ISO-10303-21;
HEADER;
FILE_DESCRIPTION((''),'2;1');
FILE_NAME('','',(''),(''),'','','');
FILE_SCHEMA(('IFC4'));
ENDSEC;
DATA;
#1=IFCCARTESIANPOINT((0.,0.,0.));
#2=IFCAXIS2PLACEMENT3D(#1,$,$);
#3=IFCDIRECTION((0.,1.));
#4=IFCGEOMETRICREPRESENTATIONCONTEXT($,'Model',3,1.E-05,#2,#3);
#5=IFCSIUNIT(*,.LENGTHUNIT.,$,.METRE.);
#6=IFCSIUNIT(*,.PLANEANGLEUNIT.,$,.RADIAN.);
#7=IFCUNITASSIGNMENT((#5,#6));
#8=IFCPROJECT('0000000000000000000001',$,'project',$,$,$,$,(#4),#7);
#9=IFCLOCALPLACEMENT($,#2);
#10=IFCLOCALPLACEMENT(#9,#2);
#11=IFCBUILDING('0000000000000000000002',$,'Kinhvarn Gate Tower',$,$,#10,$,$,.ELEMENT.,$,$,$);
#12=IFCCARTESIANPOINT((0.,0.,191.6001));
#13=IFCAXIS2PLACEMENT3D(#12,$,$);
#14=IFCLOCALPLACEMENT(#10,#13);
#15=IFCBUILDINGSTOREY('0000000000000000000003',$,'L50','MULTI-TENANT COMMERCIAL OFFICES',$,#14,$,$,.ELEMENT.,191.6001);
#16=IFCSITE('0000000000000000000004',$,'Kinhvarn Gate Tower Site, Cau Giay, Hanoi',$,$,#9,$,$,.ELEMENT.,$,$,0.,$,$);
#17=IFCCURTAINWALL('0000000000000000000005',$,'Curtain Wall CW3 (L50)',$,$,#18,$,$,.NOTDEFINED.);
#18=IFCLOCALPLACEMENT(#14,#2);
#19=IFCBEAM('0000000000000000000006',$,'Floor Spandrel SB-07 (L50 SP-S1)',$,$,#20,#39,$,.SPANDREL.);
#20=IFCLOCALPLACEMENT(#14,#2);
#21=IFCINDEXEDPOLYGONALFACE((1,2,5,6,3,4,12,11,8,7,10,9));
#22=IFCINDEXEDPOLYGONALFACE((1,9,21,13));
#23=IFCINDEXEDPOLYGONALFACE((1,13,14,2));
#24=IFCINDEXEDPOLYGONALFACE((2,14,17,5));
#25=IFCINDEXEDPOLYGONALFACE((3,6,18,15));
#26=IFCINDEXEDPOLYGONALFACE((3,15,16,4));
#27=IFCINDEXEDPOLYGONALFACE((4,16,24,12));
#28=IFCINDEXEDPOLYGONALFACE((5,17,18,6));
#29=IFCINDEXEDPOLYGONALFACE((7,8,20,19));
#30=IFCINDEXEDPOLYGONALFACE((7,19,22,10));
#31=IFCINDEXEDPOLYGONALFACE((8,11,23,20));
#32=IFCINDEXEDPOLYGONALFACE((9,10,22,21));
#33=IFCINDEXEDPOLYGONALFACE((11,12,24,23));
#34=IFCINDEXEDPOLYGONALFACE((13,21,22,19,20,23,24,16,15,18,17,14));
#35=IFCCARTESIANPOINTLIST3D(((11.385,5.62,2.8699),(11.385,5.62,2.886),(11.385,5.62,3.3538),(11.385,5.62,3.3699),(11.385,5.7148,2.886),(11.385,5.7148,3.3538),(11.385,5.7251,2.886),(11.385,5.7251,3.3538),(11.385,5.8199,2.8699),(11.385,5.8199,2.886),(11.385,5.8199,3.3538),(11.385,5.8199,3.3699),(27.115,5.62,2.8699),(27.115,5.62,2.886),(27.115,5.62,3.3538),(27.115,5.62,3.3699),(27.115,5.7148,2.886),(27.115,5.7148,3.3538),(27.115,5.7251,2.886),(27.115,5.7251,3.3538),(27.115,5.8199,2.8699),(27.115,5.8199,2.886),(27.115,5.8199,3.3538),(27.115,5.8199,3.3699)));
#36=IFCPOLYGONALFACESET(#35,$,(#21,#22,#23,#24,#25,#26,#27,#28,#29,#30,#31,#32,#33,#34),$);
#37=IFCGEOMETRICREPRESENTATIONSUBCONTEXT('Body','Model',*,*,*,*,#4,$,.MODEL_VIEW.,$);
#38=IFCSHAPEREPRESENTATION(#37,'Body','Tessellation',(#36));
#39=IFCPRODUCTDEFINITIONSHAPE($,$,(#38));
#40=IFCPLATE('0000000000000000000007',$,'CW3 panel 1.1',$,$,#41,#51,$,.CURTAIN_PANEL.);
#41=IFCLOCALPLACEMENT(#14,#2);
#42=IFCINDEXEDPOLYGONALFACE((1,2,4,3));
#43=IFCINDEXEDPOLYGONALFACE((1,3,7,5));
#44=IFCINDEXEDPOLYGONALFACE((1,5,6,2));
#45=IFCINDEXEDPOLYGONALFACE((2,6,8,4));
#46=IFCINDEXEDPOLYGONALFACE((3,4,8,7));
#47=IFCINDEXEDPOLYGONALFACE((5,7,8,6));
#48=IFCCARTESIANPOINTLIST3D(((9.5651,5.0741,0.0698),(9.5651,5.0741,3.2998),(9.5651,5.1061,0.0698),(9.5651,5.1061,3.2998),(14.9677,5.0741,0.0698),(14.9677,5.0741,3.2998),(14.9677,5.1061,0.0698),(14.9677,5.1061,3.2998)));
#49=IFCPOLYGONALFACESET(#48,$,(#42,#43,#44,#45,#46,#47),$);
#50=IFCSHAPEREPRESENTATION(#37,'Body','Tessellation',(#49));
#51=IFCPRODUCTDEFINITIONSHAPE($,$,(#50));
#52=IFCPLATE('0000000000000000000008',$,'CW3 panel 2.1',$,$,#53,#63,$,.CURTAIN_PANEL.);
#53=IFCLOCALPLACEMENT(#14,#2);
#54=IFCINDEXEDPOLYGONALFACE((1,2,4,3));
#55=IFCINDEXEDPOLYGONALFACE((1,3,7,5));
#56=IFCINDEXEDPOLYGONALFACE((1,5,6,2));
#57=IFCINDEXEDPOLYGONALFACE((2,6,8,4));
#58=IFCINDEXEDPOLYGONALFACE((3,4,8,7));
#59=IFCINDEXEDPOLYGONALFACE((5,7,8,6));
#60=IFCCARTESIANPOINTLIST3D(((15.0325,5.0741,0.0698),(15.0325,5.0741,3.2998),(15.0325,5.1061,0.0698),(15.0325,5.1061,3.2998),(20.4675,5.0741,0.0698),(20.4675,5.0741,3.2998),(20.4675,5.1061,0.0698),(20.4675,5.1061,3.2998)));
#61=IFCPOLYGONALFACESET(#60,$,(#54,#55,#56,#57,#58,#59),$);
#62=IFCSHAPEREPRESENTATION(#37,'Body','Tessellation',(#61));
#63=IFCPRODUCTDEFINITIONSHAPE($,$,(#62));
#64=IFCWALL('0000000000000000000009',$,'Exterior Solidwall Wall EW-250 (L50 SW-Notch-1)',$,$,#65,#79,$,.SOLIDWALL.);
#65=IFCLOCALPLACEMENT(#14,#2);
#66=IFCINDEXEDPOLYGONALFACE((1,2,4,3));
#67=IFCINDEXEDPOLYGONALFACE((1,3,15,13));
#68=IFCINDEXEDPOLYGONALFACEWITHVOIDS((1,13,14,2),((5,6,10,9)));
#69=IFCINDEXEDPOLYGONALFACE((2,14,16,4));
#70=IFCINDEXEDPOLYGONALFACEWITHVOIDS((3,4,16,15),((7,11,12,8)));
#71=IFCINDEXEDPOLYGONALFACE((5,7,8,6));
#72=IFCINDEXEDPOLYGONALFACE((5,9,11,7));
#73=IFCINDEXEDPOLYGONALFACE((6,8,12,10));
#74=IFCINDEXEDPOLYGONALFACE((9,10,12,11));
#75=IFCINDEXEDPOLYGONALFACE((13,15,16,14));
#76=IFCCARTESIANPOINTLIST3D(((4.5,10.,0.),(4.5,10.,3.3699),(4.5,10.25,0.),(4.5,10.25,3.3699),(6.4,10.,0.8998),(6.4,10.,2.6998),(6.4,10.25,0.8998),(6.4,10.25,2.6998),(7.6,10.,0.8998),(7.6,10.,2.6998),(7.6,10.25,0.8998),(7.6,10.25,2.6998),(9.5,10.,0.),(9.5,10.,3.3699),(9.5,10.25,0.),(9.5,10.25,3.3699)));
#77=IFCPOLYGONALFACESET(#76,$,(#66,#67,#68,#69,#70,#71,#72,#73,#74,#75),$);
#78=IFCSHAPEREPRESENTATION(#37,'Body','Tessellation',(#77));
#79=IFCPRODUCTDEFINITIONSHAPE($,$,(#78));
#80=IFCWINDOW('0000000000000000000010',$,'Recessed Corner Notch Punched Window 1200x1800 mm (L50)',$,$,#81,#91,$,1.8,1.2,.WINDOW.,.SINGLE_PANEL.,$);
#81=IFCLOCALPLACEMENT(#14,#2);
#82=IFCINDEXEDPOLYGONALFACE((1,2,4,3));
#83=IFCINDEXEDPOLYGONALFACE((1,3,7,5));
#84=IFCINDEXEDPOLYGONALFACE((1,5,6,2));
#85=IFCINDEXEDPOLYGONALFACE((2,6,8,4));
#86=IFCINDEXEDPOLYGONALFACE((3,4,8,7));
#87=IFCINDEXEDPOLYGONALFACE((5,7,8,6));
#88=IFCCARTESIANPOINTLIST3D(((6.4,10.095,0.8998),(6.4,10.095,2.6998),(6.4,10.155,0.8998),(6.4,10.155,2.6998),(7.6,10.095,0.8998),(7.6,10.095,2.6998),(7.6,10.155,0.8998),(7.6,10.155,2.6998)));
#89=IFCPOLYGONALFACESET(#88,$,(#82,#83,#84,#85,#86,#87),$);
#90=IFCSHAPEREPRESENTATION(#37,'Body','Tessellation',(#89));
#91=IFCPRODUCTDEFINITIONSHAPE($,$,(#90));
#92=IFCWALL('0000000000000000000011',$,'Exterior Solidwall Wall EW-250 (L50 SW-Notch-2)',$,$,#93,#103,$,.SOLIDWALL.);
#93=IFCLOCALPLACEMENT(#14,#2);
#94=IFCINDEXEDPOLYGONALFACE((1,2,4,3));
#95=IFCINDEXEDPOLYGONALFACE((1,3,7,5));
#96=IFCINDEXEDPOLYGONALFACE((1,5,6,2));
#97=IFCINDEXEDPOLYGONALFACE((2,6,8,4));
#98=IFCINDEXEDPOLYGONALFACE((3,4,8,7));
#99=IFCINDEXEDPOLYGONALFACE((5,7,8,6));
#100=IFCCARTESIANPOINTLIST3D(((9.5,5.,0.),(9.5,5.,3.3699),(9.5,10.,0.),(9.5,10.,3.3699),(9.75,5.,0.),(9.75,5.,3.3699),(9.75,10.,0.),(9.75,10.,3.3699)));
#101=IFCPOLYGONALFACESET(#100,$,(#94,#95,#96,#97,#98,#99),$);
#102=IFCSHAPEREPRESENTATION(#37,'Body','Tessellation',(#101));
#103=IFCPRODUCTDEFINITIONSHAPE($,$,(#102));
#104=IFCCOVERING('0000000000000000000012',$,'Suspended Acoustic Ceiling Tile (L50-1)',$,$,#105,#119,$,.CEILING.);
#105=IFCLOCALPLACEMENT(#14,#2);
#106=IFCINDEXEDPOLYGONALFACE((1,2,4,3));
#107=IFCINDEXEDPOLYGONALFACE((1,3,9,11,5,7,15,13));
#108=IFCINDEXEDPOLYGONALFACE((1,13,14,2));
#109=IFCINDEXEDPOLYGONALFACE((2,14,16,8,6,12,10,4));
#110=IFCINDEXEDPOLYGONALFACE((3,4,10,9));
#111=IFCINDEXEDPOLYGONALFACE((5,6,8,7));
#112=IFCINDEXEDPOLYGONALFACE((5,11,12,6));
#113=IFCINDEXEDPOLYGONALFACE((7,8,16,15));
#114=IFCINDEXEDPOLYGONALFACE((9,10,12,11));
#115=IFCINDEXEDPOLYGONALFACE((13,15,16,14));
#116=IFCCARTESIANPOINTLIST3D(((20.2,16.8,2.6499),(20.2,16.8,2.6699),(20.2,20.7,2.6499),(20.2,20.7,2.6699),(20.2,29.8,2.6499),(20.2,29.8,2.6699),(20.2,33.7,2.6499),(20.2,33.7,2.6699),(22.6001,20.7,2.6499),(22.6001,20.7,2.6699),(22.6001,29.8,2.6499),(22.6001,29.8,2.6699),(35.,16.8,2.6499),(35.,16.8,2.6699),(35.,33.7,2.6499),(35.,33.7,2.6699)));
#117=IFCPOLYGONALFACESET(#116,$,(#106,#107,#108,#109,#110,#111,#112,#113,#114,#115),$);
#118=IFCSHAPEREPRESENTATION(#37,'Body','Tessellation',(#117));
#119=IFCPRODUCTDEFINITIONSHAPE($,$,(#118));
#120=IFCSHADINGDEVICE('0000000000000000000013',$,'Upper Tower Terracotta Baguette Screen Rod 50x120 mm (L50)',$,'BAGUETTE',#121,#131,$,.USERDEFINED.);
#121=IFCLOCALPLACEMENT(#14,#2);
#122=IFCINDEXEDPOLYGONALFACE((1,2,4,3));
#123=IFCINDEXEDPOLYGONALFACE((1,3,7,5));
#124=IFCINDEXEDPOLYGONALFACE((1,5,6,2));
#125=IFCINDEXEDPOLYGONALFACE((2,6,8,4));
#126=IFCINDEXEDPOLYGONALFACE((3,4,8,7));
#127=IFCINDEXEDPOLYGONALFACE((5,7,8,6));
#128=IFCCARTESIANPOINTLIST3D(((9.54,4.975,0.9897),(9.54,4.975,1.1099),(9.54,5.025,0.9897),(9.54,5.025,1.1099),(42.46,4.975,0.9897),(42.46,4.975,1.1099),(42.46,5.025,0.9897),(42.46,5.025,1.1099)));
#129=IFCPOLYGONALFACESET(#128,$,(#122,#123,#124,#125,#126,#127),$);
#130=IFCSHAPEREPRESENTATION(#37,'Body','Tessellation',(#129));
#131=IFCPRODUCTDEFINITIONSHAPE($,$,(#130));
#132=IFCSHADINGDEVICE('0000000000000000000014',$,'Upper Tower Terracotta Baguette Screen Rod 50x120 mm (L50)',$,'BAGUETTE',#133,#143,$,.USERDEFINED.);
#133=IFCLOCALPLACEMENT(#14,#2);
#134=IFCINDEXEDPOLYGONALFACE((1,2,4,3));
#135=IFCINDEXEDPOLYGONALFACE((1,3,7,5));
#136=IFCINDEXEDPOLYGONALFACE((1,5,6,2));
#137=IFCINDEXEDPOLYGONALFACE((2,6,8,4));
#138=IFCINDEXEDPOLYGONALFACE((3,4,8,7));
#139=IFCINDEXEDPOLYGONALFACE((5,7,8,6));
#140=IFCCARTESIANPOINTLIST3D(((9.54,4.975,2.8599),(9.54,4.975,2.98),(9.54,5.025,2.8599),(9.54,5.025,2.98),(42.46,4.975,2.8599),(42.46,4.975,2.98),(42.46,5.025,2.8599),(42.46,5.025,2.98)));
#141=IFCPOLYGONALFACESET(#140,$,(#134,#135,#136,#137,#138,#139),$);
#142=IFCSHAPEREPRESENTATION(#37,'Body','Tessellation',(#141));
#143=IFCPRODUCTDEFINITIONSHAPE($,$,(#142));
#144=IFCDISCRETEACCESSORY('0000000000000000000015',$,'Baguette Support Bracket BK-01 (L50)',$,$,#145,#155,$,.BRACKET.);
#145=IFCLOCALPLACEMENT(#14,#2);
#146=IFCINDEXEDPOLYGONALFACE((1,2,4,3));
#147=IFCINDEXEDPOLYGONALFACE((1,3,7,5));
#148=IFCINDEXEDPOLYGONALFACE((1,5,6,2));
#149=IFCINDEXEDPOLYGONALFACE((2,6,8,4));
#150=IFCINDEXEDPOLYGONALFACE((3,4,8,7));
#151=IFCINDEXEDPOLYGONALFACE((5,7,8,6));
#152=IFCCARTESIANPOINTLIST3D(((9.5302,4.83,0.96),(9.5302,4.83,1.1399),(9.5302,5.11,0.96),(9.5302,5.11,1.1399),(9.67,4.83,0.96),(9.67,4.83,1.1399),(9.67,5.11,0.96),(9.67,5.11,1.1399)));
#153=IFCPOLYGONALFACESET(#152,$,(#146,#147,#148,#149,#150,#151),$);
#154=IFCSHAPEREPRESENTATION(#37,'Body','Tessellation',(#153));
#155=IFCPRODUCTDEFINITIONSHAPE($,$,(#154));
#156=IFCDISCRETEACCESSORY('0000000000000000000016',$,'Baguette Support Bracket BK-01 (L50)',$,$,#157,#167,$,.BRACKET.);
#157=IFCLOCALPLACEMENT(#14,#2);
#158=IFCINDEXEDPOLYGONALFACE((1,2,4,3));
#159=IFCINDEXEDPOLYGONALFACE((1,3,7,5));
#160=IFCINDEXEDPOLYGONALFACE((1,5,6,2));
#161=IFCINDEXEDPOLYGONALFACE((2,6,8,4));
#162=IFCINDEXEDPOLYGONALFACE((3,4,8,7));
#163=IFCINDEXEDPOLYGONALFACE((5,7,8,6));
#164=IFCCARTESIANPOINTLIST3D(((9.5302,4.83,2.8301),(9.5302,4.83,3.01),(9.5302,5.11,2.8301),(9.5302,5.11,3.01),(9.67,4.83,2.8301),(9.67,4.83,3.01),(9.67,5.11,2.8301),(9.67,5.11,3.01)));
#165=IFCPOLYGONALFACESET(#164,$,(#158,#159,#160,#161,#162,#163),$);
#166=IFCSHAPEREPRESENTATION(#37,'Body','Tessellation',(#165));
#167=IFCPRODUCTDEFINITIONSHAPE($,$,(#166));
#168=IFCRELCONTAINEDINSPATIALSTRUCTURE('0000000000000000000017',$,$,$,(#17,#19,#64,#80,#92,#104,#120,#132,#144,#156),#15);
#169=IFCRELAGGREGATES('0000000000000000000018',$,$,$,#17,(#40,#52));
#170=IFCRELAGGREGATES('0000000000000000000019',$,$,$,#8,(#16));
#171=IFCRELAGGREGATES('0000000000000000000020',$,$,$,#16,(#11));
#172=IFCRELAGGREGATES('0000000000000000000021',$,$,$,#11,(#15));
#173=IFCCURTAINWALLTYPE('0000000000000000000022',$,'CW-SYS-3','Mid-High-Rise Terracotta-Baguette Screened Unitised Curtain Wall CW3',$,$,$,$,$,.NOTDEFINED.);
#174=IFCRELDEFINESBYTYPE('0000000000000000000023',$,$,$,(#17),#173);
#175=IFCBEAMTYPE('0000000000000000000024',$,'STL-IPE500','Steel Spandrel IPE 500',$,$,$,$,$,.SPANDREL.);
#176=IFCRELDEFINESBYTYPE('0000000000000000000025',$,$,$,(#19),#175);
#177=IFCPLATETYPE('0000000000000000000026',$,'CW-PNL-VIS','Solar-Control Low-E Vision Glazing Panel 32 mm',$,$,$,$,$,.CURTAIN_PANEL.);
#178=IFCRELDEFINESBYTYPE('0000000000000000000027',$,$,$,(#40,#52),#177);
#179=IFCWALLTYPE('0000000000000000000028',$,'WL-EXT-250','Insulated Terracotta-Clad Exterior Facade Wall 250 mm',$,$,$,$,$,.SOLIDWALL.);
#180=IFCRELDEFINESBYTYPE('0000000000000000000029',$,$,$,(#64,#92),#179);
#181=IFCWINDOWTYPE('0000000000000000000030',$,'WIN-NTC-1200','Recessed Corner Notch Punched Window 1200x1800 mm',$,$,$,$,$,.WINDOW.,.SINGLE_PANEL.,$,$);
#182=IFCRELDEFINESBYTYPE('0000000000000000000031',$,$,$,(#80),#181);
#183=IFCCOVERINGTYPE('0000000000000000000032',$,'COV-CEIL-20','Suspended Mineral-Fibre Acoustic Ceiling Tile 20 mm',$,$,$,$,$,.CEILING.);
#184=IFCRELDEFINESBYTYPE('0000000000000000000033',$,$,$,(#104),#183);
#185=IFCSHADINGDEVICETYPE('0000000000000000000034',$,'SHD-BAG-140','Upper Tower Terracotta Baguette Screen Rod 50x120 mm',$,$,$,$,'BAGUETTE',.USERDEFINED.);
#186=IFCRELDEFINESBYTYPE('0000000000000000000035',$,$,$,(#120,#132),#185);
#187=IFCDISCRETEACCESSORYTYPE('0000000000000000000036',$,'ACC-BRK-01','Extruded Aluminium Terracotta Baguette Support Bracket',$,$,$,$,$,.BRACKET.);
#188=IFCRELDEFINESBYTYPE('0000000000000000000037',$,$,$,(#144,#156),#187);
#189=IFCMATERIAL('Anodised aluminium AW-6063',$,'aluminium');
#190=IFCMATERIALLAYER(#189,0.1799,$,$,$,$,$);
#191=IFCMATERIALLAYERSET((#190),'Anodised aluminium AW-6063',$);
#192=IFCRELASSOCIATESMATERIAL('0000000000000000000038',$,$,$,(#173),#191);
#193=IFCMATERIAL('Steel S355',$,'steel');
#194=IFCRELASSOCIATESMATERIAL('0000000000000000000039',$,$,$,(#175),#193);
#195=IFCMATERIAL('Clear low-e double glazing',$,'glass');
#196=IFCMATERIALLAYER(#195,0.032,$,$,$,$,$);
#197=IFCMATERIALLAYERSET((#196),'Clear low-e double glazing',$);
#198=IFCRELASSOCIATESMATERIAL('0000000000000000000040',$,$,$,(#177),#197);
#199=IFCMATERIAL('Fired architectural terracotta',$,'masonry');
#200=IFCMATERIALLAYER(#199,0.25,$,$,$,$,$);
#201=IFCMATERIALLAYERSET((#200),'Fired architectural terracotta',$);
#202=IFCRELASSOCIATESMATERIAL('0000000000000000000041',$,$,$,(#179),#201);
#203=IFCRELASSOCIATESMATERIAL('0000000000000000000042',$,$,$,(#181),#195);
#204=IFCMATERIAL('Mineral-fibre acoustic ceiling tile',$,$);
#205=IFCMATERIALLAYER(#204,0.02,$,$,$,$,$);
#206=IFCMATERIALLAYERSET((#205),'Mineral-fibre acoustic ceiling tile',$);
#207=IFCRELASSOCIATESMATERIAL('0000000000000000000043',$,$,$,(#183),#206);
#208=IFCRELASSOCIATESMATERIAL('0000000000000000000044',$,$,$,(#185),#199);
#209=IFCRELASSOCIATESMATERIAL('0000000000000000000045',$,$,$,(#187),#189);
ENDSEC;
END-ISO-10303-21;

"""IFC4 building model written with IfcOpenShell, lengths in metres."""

from ifc_helpers import new_model, si_unit, direction, frame, frame_2d, origin, origin_2d, place, context, subcontext, project, spatial, polyline, rectangle, i_section, outline, extrude, material, layer, layer_set, material_profile, profile_set, type_object, element, fill, aggregate, save


model = new_model("IFC4")

# Units and contexts
model_context = context("Model", 3, precision=1e-05, world=origin(), true_north=direction((0.0, 1.0)))
body_context = subcontext(model_context, "Body", "Model", "MODEL_VIEW")
ifc_project = project(units=[si_unit("LENGTHUNIT", "METRE"), si_unit("PLANEANGLEUNIT", "RADIAN")], contexts=[model_context])

# Site, building, storey
site_placement = place(None, origin())
site = spatial("IfcSite", under=ifc_project, at=site_placement, Name="Kinhvarn Gate Tower Site, Cau Giay, Hanoi", CompositionType="ELEMENT", RefElevation=0.0)
building_placement = place(site_placement, origin())
building = spatial("IfcBuilding", under=site, at=building_placement, Name="Kinhvarn Gate Tower", CompositionType="ELEMENT")
storey_placement = place(building_placement, frame((0.0, 0.0, 191.6001)))
storey = spatial("IfcBuildingStorey", under=building, at=storey_placement, Name="L50", Description="MULTI-TENANT COMMERCIAL OFFICES", CompositionType="ELEMENT", Elevation=191.6001)

# Curtain wall
ifc_material_1 = material(Name="Anodised aluminium AW-6063", Category="aluminium")
ifc_layer_1 = layer(ifc_material_1, 0.1799)
ifc_layer_set_1 = layer_set([ifc_layer_1], Name="Anodised aluminium AW-6063")
curtain_wall_type = type_object("IfcCurtainWallType", Name="CW-SYS-3", Description="Mid-High-Rise Terracotta-Baguette Screened Unitised Curtain Wall CW3", PredefinedType="NOTDEFINED", material=ifc_layer_set_1)
curtain_wall_placement = place(storey_placement, origin())
curtain_wall = element("IfcCurtainWall", 1, at=curtain_wall_placement, inside=storey, type_object=curtain_wall_type, Name="Curtain Wall CW3 (L50)", PredefinedType="NOTDEFINED")

# Beam
ifc_material_2 = material(Name="Steel S355", Category="steel")
ifc_material_profile_1 = material_profile(ifc_material_2, i_section(OverallWidth=0.2, OverallDepth=0.5, WebThickness=0.0103, FlangeThickness=0.0161, at=origin_2d()), Name="IPE 500")
ifc_profile_set_1 = profile_set([ifc_material_profile_1], Name="Steel S355")
beam_type_1 = type_object("IfcBeamType", Name="STL-IPE500", Description="Steel Spandrel IPE 500", PredefinedType="SPANDREL", material=ifc_profile_set_1)
beam_1_placement = place(storey_placement, frame((11.385, 5.72, 3.1199), z_axis=(1.0, 0.0, 0.0), x_axis=(0.0, 1.0, 0.0)))
element("IfcBeam", 2, at=beam_1_placement, inside=storey, type_object=beam_type_1, Name="Floor Spandrel SB-07 (L50 SP-S1)", PredefinedType="SPANDREL", context=body_context, shape_type="SweptSolid", body=[
    extrude(i_section(OverallWidth=0.2, OverallDepth=0.5, WebThickness=0.0103, FlangeThickness=0.0161, at=origin_2d()), origin(), (0.0, 0.0, 1.0), 15.73),
])

# Plates
ifc_material_3 = material(Name="Clear low-e double glazing", Category="glass")
ifc_layer_2 = layer(ifc_material_3, 0.032)
ifc_layer_set_2 = layer_set([ifc_layer_2], Name="Clear low-e double glazing")
plate_type = type_object("IfcPlateType", Name="CW-PNL-VIS", Description="Solar-Control Low-E Vision Glazing Panel 32 mm", PredefinedType="CURTAIN_PANEL", material=ifc_layer_set_2)
plate_1_placement = place(storey_placement, frame((12.2664, 5.0901, 0.0698), z_axis=(0.0, 0.0, 1.0), x_axis=(1.0, 0.0, 0.0)))
plate_1 = element("IfcPlate", 3, at=plate_1_placement, type_object=plate_type, Name="CW3 panel 1.1", PredefinedType="CURTAIN_PANEL", context=body_context, shape_type="SweptSolid", body=[
    extrude(rectangle(XDim=5.4026, YDim=0.032, at=origin_2d()), origin(), (0.0, 0.0, 1.0), 3.23),
])
plate_2_placement = place(storey_placement, frame((17.75, 5.0901, 0.0698), z_axis=(0.0, 0.0, 1.0), x_axis=(1.0, 0.0, 0.0)))
plate_2 = element("IfcPlate", 4, at=plate_2_placement, type_object=plate_type, Name="CW3 panel 2.1", PredefinedType="CURTAIN_PANEL", context=body_context, shape_type="SweptSolid", body=[
    extrude(rectangle(XDim=5.4351, YDim=0.032, at=origin_2d()), origin(), (0.0, 0.0, 1.0), 3.23),
])
aggregate(curtain_wall, [plate_1, plate_2])

# Wall, opening, window
ifc_material_4 = material(Name="Fired architectural terracotta", Category="masonry")
ifc_layer_3 = layer(ifc_material_4, 0.25)
ifc_layer_set_3 = layer_set([ifc_layer_3], Name="Fired architectural terracotta")
wall_type = type_object("IfcWallType", Name="WL-EXT-250", Description="Insulated Terracotta-Clad Exterior Facade Wall 250 mm", PredefinedType="SOLIDWALL", material=ifc_layer_set_3)
wall_1_placement = place(storey_placement, frame((4.5, 10.125, 0.0), z_axis=(0.0, 0.0, 1.0), x_axis=(1.0, 0.0, 0.0)))
wall_1 = element("IfcWall", 5, at=wall_1_placement, inside=storey, type_object=wall_type, Name="Exterior Solidwall Wall EW-250 (L50 SW-Notch-1)", PredefinedType="SOLIDWALL", context=body_context, shape_type="SweptSolid", body=[
    extrude(rectangle(XDim=5.0, YDim=0.25, at=frame_2d((2.5, 0.0))), origin(), (0.0, 0.0, 1.0), 3.3699),
])
opening_placement = place(wall_1_placement, frame((1.8999, 0.0, 0.8999)))
opening = element("IfcOpeningElement", 6, at=opening_placement, cuts=wall_1, PredefinedType="OPENING", context=body_context, shape_type="SweptSolid", body=[
    extrude(rectangle(XDim=1.2, YDim=1.8, at=frame_2d((0.6001, 0.8999))), frame((0.0, 0.135, 0.0), z_axis=(0.0, -1.0, 0.0), x_axis=(1.0, 0.0, 0.0)), (0.0, 0.0, 1.0), 0.27),
])
window_type = type_object("IfcWindowType", Name="WIN-NTC-1200", Description="Recessed Corner Notch Punched Window 1200x1800 mm", PartitioningType="SINGLE_PANEL", PredefinedType="WINDOW", material=ifc_material_3)
window_placement = place(opening_placement, origin())
window = element("IfcWindow", 7, at=window_placement, inside=storey, type_object=window_type, Name="Recessed Corner Notch Punched Window 1200x1800 mm (L50)", OverallHeight=1.8, OverallWidth=1.2, PartitioningType="SINGLE_PANEL", PredefinedType="WINDOW", context=body_context, shape_type="SweptSolid", body=[
    extrude(rectangle(XDim=1.2, YDim=1.8, at=frame_2d((0.6001, 0.8999))), frame((0.0, 0.03, 0.0), z_axis=(0.0, -1.0, 0.0), x_axis=(1.0, 0.0, 0.0)), (0.0, 0.0, 1.0), 0.0601),
])
fill(opening, window)

# Wall
wall_2_placement = place(storey_placement, frame((9.625, 10.0, 0.0), z_axis=(0.0, 0.0, 1.0), x_axis=(0.0, -1.0, 0.0)))
element("IfcWall", 8, at=wall_2_placement, inside=storey, type_object=wall_type, Name="Exterior Solidwall Wall EW-250 (L50 SW-Notch-2)", PredefinedType="SOLIDWALL", context=body_context, shape_type="SweptSolid", body=[
    extrude(rectangle(XDim=5.0, YDim=0.25, at=frame_2d((2.5, 0.0))), origin(), (0.0, 0.0, 1.0), 3.3699),
])

# Covering
ifc_material_5 = material(Name="Mineral-fibre acoustic ceiling tile")
ifc_layer_4 = layer(ifc_material_5, 0.02)
ifc_layer_set_4 = layer_set([ifc_layer_4], Name="Mineral-fibre acoustic ceiling tile")
covering_type = type_object("IfcCoveringType", Name="COV-CEIL-20", Description="Suspended Mineral-Fibre Acoustic Ceiling Tile 20 mm", PredefinedType="CEILING", material=ifc_layer_set_4)
covering_placement = place(storey_placement, frame((0.0, 0.0, 2.6499)))
element("IfcCovering", 9, at=covering_placement, inside=storey, type_object=covering_type, Name="Suspended Acoustic Ceiling Tile (L50-1)", PredefinedType="CEILING", context=body_context, shape_type="SweptSolid", body=[
    extrude(outline(polyline([(35.0, 33.7), (35.0, 16.8), (20.2, 16.8), (20.2, 20.7), (22.6001, 20.7), (22.6001, 29.8), (20.2, 29.8), (20.2, 33.7), (35.0, 33.7)])), origin(), (0.0, 0.0, 1.0), 0.02),
])

# Shading devices
ifc_material_profile_2 = material_profile(ifc_material_4, rectangle(XDim=0.05, YDim=0.1201, at=origin_2d()), Name="TC 50x120")
ifc_profile_set_2 = profile_set([ifc_material_profile_2], Name="Fired architectural terracotta")
shading_device_type = type_object("IfcShadingDeviceType", Name="SHD-BAG-140", Description="Upper Tower Terracotta Baguette Screen Rod 50x120 mm", ElementType="BAGUETTE", PredefinedType="USERDEFINED", material=ifc_profile_set_2)
for number, where, z_axis, x_axis, name in (
    (10, (9.54, 5.0, 1.0498), (1.0, 0.0, 0.0), (0.0, 1.0, 0.0), "Upper Tower Terracotta Baguette Screen Rod 50x120 mm (L50)"),
    (11, (9.54, 5.0, 2.9199), (1.0, 0.0, 0.0), (0.0, 1.0, 0.0), "Upper Tower Terracotta Baguette Screen Rod 50x120 mm (L50)"),
):
    element("IfcShadingDevice", number, at=place(storey_placement, frame(where, z_axis=z_axis, x_axis=x_axis)), inside=storey, type_object=shading_device_type, Name=name, ObjectType="BAGUETTE", PredefinedType="USERDEFINED", context=body_context, shape_type="SweptSolid", body=[
        extrude(rectangle(XDim=0.05, YDim=0.1201, at=origin_2d()), origin(), (0.0, 0.0, 1.0), 32.9199),
    ])

# Discrete accessories
discrete_accessory_type = type_object("IfcDiscreteAccessoryType", Name="ACC-BRK-01", Description="Extruded Aluminium Terracotta Baguette Support Bracket", PredefinedType="BRACKET", material=ifc_material_1)
for number, where, z_axis, x_axis, name in (
    (12, (9.6001, 4.97, 0.96), (0.0, 0.0, 1.0), (1.0, 0.0, 0.0), "Baguette Support Bracket BK-01 (L50)"),
    (13, (9.6001, 4.97, 2.8301), (0.0, 0.0, 1.0), (1.0, 0.0, 0.0), "Baguette Support Bracket BK-01 (L50)"),
):
    element("IfcDiscreteAccessory", number, at=place(storey_placement, frame(where, z_axis=z_axis, x_axis=x_axis)), inside=storey, type_object=discrete_accessory_type, Name=name, PredefinedType="BRACKET", context=body_context, shape_type="SweptSolid", body=[
        extrude(rectangle(XDim=0.1399, YDim=0.28, at=origin_2d()), origin(), (0.0, 0.0, 1.0), 0.1799),
    ])

save(model, "model.ifc")
